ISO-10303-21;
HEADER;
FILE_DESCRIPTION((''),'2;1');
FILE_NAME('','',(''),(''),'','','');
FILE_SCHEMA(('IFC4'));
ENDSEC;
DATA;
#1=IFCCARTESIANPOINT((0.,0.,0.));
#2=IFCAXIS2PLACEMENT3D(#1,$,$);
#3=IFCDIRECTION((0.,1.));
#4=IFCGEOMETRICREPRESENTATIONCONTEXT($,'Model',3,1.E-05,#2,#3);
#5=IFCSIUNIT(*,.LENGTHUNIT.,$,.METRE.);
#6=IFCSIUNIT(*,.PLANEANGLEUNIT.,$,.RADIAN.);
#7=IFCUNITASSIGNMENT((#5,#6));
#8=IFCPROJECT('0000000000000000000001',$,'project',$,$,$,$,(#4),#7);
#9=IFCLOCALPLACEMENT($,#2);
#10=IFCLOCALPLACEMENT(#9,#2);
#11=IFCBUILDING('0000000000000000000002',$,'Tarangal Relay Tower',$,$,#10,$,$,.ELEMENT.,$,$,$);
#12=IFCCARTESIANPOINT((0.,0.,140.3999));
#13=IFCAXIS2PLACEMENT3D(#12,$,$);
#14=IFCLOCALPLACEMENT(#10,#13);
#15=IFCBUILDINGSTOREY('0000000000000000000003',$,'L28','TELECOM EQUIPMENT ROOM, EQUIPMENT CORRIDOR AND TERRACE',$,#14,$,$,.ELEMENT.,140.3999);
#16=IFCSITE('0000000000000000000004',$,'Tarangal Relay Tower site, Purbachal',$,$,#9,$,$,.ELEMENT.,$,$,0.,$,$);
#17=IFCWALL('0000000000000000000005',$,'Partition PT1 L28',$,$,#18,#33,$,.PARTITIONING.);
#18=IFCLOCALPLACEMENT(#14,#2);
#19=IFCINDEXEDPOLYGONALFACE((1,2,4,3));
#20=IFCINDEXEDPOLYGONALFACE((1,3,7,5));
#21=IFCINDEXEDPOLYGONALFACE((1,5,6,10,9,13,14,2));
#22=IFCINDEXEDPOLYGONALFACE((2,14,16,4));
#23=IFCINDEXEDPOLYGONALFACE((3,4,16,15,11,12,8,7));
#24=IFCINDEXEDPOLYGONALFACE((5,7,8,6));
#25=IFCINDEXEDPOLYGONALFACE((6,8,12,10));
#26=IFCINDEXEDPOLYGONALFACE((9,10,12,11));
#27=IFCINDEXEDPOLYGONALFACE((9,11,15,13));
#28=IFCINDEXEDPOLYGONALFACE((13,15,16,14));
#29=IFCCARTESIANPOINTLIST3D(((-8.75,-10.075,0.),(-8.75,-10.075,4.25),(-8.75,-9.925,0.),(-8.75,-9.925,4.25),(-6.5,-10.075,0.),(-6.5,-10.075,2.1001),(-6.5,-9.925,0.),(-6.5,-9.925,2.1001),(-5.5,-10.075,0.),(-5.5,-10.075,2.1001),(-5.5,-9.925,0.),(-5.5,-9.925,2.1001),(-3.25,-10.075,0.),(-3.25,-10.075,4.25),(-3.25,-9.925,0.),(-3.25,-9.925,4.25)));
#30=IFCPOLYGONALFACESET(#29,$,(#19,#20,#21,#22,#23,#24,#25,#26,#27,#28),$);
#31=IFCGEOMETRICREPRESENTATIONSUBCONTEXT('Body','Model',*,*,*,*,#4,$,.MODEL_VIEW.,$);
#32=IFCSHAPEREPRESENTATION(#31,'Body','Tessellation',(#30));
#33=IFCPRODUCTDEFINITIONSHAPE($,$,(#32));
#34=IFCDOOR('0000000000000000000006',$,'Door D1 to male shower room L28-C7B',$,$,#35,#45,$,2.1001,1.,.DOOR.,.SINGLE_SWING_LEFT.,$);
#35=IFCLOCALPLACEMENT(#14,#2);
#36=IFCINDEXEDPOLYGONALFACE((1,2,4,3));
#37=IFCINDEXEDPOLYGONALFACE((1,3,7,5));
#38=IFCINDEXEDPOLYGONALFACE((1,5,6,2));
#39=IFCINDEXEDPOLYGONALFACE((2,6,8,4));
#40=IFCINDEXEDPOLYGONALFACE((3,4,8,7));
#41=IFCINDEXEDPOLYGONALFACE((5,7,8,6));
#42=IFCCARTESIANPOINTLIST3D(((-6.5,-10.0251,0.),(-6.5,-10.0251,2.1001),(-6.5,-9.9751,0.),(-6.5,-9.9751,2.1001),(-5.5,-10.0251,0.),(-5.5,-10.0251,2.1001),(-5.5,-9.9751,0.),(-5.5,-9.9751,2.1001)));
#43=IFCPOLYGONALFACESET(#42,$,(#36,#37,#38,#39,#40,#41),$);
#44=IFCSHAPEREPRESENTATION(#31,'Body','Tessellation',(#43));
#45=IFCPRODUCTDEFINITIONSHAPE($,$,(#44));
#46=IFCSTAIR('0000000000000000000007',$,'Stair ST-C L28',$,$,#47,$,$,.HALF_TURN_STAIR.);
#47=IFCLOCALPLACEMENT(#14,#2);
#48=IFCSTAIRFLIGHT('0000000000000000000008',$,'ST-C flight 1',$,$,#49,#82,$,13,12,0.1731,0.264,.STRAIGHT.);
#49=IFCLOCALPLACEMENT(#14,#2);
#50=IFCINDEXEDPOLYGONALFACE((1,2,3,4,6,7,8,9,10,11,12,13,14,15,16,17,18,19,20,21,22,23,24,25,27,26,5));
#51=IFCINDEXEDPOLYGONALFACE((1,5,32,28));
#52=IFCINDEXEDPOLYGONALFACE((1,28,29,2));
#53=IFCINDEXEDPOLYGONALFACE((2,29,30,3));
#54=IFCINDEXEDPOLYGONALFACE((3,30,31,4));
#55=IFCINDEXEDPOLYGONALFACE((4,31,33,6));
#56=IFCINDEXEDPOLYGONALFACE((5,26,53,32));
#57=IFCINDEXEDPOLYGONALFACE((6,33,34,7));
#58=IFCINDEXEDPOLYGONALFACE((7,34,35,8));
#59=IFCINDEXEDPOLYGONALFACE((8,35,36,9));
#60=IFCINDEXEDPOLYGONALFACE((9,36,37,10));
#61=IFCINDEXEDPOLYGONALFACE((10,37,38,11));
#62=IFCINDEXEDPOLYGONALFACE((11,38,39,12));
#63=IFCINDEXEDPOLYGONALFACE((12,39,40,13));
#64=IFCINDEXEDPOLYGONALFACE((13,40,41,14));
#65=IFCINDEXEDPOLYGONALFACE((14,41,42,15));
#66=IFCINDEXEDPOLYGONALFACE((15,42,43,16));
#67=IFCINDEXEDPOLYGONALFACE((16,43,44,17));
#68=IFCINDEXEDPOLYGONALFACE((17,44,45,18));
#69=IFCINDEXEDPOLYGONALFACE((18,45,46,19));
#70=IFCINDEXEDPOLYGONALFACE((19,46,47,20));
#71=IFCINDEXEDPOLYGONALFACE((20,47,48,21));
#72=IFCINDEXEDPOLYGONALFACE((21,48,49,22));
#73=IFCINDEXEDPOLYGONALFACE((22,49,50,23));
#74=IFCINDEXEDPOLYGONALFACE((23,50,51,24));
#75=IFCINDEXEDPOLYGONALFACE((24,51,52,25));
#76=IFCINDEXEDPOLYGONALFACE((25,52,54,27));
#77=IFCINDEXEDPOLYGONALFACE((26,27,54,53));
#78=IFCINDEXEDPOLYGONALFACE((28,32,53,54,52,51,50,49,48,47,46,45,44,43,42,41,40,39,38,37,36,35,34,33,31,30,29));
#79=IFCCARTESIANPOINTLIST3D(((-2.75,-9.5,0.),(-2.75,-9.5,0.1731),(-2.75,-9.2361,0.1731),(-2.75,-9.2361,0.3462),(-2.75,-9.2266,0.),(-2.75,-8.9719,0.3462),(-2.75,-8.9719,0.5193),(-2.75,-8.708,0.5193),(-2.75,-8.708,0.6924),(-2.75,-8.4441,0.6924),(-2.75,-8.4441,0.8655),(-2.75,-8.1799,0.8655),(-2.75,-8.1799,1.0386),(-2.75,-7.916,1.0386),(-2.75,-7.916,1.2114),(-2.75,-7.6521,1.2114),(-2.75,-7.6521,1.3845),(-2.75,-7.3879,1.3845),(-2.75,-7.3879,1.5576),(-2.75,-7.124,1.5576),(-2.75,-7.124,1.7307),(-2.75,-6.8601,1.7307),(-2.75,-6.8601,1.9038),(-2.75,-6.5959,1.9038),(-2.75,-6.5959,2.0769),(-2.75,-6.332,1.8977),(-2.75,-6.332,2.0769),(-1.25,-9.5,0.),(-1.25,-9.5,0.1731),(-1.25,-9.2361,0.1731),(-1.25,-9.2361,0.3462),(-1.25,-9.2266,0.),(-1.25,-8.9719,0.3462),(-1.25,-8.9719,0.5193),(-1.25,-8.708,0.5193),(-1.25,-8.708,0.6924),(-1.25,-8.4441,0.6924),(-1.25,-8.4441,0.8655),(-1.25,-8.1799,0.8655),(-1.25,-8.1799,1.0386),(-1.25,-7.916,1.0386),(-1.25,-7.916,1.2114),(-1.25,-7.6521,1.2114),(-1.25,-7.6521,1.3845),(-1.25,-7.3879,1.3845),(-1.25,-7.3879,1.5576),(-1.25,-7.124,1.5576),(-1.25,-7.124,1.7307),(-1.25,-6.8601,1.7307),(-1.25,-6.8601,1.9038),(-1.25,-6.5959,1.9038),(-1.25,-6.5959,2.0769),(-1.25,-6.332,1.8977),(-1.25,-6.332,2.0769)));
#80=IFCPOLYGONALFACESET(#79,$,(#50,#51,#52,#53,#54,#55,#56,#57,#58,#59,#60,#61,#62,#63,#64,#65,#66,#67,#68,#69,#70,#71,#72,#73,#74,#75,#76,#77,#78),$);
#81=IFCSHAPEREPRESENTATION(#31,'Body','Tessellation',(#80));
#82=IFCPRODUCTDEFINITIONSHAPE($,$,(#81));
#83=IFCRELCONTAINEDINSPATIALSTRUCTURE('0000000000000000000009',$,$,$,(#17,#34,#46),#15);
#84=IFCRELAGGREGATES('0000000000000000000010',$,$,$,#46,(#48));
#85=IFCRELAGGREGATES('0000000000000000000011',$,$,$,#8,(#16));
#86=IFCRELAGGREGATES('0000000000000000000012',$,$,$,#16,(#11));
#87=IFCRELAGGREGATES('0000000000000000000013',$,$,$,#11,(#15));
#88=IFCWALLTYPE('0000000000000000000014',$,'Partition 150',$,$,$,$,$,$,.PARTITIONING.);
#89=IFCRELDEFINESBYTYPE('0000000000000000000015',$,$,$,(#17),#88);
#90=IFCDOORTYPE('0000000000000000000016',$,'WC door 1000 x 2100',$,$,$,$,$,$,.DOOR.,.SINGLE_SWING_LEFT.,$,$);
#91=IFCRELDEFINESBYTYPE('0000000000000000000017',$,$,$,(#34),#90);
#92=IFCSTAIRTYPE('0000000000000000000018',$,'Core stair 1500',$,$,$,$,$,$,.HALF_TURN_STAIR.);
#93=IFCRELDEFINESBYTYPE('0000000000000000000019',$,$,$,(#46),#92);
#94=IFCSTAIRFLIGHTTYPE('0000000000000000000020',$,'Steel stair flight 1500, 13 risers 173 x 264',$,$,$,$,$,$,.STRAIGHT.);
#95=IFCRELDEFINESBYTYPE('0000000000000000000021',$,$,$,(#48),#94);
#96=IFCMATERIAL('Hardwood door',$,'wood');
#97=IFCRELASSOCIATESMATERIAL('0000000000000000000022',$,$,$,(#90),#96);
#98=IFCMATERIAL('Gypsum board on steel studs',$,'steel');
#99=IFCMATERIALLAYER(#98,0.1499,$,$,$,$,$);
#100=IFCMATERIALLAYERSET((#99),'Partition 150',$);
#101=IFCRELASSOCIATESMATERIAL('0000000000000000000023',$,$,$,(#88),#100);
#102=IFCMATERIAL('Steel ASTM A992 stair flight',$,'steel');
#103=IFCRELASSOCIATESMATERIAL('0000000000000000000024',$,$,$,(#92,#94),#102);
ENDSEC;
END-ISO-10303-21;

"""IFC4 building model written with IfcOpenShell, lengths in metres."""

from ifc_helpers import new_model, si_unit, direction, frame, frame_2d, origin, place, context, subcontext, project, spatial, polyline, rectangle, outline, extrude, material, layer, layer_set, type_object, element, fill, aggregate, save


model = new_model("IFC4")

# Units and contexts
model_context = context("Model", 3, precision=1e-05, world=origin(), true_north=direction((0.0, 1.0)))
body_context = subcontext(model_context, "Body", "Model", "MODEL_VIEW")
ifc_project = project(units=[si_unit("LENGTHUNIT", "METRE"), si_unit("PLANEANGLEUNIT", "RADIAN")], contexts=[model_context])

# Site, building, storey
site_placement = place(None, origin())
site = spatial("IfcSite", under=ifc_project, at=site_placement, Name="Tarangal Relay Tower site, Purbachal", CompositionType="ELEMENT", RefElevation=0.0)
building_placement = place(site_placement, origin())
building = spatial("IfcBuilding", under=site, at=building_placement, Name="Tarangal Relay Tower", CompositionType="ELEMENT")
storey_placement = place(building_placement, frame((0.0, 0.0, 140.3999)))
storey = spatial("IfcBuildingStorey", under=building, at=storey_placement, Name="L28", Description="TELECOM EQUIPMENT ROOM, EQUIPMENT CORRIDOR AND TERRACE", CompositionType="ELEMENT", Elevation=140.3999)

# Shared definitions
ifc_material_1 = material(Name="Hardwood door", Category="wood")
door_type_1 = type_object("IfcDoorType", Name="WC door 1000 x 2100", OperationType="SINGLE_SWING_LEFT", PredefinedType="DOOR", material=ifc_material_1)

# Shared definitions
ifc_material_2 = material(Name="Gypsum board on steel studs", Category="steel")
ifc_layer_1 = layer(ifc_material_2, 0.1499)
ifc_layer_set_1 = layer_set([ifc_layer_1], Name="Partition 150")
wall_type_1 = type_object("IfcWallType", Name="Partition 150", PredefinedType="PARTITIONING", material=ifc_layer_set_1)

# Wall, opening, door
wall_1_placement = place(storey_placement, frame((-8.75, -10.0, 0.0), z_axis=(0.0, 0.0, 1.0), x_axis=(1.0, 0.0, 0.0)))
wall_1 = element("IfcWall", 1, at=wall_1_placement, inside=storey, type_object=wall_type_1, Name="Partition PT1 L28", PredefinedType="PARTITIONING", context=body_context, shape_type="SweptSolid", body=[
    extrude(rectangle(XDim=5.5, YDim=0.1499, at=frame_2d((2.75, 0.0))), origin(), (0.0, 0.0, 1.0), 4.25),
])
opening_1_placement = place(wall_1_placement, frame((2.25, 0.0, 0.0)))
opening_1 = element("IfcOpeningElement", 2, at=opening_1_placement, cuts=wall_1, PredefinedType="OPENING", context=body_context, shape_type="SweptSolid", body=[
    extrude(rectangle(XDim=1.0, YDim=2.1001, at=frame_2d((0.5, 1.05))), frame((0.0, 0.085, 0.0), z_axis=(0.0, -1.0, 0.0), x_axis=(1.0, 0.0, 0.0)), (0.0, 0.0, 1.0), 0.1699),
])
door_1_placement = place(opening_1_placement, origin())
door_1 = element("IfcDoor", 3, at=door_1_placement, inside=storey, type_object=door_type_1, Name="Door D1 to male shower room L28-C7B", OperationType="SINGLE_SWING_LEFT", OverallHeight=2.1001, OverallWidth=1.0, PredefinedType="DOOR", context=body_context, shape_type="SweptSolid", body=[
    extrude(rectangle(XDim=1.0, YDim=2.1001, at=frame_2d((0.5, 1.05))), frame((0.0, 0.0249, 0.0), z_axis=(0.0, -1.0, 0.0), x_axis=(1.0, 0.0, 0.0)), (0.0, 0.0, 1.0), 0.05),
])
fill(opening_1, door_1)

# Stair, stair flight
ifc_material_3 = material(Name="Steel ASTM A992 stair flight", Category="steel")
stair_type = type_object("IfcStairType", Name="Core stair 1500", PredefinedType="HALF_TURN_STAIR", material=ifc_material_3)
stair_placement = place(storey_placement, origin())
stair = element("IfcStair", 4, at=stair_placement, inside=storey, type_object=stair_type, Name="Stair ST-C L28", PredefinedType="HALF_TURN_STAIR")
stair_flight_type = type_object("IfcStairFlightType", Name="Steel stair flight 1500, 13 risers 173 x 264", PredefinedType="STRAIGHT", material=ifc_material_3)
stair_flight_placement = place(storey_placement, frame((-2.0, -9.5, 0.0), z_axis=(0.0, 0.0, 1.0), x_axis=(0.0, 1.0, 0.0)))
stair_flight = element("IfcStairFlight", 5, at=stair_flight_placement, type_object=stair_flight_type, Name="ST-C flight 1", NumberOfRisers=13, NumberOfTreads=12, PredefinedType="STRAIGHT", RiserHeight=0.1731, TreadLength=0.264, context=body_context, shape_type="SweptSolid", body=[
    extrude(outline(polyline([(0.0, 0.0), (0.0, 0.1731), (0.2639, 0.1731), (0.2639, 0.3462), (0.5281, 0.3462), (0.5281, 0.5193), (0.792, 0.5193), (0.792, 0.6924), (1.0559, 0.6924), (1.0559, 0.8655), (1.3201, 0.8655), (1.3201, 1.0386), (1.584, 1.0386), (1.584, 1.2114), (1.8479, 1.2114), (1.8479, 1.3845), (2.1121, 1.3845), (2.1121, 1.5576), (2.376, 1.5576), (2.376, 1.7307), (2.6399, 1.7307), (2.6399, 1.9038), (2.9041, 1.9038), (2.9041, 2.0769), (3.168, 2.0769), (3.168, 2.25), (3.168, 1.8977), (0.2734, 0.0), (0.0, 0.0)])), frame((0.0, 0.75, 0.0), z_axis=(0.0, -1.0, 0.0), x_axis=(1.0, 0.0, 0.0)), (0.0, 0.0, 1.0), 1.5),
])
aggregate(stair, [stair_flight])

save(model, "model.ifc")
